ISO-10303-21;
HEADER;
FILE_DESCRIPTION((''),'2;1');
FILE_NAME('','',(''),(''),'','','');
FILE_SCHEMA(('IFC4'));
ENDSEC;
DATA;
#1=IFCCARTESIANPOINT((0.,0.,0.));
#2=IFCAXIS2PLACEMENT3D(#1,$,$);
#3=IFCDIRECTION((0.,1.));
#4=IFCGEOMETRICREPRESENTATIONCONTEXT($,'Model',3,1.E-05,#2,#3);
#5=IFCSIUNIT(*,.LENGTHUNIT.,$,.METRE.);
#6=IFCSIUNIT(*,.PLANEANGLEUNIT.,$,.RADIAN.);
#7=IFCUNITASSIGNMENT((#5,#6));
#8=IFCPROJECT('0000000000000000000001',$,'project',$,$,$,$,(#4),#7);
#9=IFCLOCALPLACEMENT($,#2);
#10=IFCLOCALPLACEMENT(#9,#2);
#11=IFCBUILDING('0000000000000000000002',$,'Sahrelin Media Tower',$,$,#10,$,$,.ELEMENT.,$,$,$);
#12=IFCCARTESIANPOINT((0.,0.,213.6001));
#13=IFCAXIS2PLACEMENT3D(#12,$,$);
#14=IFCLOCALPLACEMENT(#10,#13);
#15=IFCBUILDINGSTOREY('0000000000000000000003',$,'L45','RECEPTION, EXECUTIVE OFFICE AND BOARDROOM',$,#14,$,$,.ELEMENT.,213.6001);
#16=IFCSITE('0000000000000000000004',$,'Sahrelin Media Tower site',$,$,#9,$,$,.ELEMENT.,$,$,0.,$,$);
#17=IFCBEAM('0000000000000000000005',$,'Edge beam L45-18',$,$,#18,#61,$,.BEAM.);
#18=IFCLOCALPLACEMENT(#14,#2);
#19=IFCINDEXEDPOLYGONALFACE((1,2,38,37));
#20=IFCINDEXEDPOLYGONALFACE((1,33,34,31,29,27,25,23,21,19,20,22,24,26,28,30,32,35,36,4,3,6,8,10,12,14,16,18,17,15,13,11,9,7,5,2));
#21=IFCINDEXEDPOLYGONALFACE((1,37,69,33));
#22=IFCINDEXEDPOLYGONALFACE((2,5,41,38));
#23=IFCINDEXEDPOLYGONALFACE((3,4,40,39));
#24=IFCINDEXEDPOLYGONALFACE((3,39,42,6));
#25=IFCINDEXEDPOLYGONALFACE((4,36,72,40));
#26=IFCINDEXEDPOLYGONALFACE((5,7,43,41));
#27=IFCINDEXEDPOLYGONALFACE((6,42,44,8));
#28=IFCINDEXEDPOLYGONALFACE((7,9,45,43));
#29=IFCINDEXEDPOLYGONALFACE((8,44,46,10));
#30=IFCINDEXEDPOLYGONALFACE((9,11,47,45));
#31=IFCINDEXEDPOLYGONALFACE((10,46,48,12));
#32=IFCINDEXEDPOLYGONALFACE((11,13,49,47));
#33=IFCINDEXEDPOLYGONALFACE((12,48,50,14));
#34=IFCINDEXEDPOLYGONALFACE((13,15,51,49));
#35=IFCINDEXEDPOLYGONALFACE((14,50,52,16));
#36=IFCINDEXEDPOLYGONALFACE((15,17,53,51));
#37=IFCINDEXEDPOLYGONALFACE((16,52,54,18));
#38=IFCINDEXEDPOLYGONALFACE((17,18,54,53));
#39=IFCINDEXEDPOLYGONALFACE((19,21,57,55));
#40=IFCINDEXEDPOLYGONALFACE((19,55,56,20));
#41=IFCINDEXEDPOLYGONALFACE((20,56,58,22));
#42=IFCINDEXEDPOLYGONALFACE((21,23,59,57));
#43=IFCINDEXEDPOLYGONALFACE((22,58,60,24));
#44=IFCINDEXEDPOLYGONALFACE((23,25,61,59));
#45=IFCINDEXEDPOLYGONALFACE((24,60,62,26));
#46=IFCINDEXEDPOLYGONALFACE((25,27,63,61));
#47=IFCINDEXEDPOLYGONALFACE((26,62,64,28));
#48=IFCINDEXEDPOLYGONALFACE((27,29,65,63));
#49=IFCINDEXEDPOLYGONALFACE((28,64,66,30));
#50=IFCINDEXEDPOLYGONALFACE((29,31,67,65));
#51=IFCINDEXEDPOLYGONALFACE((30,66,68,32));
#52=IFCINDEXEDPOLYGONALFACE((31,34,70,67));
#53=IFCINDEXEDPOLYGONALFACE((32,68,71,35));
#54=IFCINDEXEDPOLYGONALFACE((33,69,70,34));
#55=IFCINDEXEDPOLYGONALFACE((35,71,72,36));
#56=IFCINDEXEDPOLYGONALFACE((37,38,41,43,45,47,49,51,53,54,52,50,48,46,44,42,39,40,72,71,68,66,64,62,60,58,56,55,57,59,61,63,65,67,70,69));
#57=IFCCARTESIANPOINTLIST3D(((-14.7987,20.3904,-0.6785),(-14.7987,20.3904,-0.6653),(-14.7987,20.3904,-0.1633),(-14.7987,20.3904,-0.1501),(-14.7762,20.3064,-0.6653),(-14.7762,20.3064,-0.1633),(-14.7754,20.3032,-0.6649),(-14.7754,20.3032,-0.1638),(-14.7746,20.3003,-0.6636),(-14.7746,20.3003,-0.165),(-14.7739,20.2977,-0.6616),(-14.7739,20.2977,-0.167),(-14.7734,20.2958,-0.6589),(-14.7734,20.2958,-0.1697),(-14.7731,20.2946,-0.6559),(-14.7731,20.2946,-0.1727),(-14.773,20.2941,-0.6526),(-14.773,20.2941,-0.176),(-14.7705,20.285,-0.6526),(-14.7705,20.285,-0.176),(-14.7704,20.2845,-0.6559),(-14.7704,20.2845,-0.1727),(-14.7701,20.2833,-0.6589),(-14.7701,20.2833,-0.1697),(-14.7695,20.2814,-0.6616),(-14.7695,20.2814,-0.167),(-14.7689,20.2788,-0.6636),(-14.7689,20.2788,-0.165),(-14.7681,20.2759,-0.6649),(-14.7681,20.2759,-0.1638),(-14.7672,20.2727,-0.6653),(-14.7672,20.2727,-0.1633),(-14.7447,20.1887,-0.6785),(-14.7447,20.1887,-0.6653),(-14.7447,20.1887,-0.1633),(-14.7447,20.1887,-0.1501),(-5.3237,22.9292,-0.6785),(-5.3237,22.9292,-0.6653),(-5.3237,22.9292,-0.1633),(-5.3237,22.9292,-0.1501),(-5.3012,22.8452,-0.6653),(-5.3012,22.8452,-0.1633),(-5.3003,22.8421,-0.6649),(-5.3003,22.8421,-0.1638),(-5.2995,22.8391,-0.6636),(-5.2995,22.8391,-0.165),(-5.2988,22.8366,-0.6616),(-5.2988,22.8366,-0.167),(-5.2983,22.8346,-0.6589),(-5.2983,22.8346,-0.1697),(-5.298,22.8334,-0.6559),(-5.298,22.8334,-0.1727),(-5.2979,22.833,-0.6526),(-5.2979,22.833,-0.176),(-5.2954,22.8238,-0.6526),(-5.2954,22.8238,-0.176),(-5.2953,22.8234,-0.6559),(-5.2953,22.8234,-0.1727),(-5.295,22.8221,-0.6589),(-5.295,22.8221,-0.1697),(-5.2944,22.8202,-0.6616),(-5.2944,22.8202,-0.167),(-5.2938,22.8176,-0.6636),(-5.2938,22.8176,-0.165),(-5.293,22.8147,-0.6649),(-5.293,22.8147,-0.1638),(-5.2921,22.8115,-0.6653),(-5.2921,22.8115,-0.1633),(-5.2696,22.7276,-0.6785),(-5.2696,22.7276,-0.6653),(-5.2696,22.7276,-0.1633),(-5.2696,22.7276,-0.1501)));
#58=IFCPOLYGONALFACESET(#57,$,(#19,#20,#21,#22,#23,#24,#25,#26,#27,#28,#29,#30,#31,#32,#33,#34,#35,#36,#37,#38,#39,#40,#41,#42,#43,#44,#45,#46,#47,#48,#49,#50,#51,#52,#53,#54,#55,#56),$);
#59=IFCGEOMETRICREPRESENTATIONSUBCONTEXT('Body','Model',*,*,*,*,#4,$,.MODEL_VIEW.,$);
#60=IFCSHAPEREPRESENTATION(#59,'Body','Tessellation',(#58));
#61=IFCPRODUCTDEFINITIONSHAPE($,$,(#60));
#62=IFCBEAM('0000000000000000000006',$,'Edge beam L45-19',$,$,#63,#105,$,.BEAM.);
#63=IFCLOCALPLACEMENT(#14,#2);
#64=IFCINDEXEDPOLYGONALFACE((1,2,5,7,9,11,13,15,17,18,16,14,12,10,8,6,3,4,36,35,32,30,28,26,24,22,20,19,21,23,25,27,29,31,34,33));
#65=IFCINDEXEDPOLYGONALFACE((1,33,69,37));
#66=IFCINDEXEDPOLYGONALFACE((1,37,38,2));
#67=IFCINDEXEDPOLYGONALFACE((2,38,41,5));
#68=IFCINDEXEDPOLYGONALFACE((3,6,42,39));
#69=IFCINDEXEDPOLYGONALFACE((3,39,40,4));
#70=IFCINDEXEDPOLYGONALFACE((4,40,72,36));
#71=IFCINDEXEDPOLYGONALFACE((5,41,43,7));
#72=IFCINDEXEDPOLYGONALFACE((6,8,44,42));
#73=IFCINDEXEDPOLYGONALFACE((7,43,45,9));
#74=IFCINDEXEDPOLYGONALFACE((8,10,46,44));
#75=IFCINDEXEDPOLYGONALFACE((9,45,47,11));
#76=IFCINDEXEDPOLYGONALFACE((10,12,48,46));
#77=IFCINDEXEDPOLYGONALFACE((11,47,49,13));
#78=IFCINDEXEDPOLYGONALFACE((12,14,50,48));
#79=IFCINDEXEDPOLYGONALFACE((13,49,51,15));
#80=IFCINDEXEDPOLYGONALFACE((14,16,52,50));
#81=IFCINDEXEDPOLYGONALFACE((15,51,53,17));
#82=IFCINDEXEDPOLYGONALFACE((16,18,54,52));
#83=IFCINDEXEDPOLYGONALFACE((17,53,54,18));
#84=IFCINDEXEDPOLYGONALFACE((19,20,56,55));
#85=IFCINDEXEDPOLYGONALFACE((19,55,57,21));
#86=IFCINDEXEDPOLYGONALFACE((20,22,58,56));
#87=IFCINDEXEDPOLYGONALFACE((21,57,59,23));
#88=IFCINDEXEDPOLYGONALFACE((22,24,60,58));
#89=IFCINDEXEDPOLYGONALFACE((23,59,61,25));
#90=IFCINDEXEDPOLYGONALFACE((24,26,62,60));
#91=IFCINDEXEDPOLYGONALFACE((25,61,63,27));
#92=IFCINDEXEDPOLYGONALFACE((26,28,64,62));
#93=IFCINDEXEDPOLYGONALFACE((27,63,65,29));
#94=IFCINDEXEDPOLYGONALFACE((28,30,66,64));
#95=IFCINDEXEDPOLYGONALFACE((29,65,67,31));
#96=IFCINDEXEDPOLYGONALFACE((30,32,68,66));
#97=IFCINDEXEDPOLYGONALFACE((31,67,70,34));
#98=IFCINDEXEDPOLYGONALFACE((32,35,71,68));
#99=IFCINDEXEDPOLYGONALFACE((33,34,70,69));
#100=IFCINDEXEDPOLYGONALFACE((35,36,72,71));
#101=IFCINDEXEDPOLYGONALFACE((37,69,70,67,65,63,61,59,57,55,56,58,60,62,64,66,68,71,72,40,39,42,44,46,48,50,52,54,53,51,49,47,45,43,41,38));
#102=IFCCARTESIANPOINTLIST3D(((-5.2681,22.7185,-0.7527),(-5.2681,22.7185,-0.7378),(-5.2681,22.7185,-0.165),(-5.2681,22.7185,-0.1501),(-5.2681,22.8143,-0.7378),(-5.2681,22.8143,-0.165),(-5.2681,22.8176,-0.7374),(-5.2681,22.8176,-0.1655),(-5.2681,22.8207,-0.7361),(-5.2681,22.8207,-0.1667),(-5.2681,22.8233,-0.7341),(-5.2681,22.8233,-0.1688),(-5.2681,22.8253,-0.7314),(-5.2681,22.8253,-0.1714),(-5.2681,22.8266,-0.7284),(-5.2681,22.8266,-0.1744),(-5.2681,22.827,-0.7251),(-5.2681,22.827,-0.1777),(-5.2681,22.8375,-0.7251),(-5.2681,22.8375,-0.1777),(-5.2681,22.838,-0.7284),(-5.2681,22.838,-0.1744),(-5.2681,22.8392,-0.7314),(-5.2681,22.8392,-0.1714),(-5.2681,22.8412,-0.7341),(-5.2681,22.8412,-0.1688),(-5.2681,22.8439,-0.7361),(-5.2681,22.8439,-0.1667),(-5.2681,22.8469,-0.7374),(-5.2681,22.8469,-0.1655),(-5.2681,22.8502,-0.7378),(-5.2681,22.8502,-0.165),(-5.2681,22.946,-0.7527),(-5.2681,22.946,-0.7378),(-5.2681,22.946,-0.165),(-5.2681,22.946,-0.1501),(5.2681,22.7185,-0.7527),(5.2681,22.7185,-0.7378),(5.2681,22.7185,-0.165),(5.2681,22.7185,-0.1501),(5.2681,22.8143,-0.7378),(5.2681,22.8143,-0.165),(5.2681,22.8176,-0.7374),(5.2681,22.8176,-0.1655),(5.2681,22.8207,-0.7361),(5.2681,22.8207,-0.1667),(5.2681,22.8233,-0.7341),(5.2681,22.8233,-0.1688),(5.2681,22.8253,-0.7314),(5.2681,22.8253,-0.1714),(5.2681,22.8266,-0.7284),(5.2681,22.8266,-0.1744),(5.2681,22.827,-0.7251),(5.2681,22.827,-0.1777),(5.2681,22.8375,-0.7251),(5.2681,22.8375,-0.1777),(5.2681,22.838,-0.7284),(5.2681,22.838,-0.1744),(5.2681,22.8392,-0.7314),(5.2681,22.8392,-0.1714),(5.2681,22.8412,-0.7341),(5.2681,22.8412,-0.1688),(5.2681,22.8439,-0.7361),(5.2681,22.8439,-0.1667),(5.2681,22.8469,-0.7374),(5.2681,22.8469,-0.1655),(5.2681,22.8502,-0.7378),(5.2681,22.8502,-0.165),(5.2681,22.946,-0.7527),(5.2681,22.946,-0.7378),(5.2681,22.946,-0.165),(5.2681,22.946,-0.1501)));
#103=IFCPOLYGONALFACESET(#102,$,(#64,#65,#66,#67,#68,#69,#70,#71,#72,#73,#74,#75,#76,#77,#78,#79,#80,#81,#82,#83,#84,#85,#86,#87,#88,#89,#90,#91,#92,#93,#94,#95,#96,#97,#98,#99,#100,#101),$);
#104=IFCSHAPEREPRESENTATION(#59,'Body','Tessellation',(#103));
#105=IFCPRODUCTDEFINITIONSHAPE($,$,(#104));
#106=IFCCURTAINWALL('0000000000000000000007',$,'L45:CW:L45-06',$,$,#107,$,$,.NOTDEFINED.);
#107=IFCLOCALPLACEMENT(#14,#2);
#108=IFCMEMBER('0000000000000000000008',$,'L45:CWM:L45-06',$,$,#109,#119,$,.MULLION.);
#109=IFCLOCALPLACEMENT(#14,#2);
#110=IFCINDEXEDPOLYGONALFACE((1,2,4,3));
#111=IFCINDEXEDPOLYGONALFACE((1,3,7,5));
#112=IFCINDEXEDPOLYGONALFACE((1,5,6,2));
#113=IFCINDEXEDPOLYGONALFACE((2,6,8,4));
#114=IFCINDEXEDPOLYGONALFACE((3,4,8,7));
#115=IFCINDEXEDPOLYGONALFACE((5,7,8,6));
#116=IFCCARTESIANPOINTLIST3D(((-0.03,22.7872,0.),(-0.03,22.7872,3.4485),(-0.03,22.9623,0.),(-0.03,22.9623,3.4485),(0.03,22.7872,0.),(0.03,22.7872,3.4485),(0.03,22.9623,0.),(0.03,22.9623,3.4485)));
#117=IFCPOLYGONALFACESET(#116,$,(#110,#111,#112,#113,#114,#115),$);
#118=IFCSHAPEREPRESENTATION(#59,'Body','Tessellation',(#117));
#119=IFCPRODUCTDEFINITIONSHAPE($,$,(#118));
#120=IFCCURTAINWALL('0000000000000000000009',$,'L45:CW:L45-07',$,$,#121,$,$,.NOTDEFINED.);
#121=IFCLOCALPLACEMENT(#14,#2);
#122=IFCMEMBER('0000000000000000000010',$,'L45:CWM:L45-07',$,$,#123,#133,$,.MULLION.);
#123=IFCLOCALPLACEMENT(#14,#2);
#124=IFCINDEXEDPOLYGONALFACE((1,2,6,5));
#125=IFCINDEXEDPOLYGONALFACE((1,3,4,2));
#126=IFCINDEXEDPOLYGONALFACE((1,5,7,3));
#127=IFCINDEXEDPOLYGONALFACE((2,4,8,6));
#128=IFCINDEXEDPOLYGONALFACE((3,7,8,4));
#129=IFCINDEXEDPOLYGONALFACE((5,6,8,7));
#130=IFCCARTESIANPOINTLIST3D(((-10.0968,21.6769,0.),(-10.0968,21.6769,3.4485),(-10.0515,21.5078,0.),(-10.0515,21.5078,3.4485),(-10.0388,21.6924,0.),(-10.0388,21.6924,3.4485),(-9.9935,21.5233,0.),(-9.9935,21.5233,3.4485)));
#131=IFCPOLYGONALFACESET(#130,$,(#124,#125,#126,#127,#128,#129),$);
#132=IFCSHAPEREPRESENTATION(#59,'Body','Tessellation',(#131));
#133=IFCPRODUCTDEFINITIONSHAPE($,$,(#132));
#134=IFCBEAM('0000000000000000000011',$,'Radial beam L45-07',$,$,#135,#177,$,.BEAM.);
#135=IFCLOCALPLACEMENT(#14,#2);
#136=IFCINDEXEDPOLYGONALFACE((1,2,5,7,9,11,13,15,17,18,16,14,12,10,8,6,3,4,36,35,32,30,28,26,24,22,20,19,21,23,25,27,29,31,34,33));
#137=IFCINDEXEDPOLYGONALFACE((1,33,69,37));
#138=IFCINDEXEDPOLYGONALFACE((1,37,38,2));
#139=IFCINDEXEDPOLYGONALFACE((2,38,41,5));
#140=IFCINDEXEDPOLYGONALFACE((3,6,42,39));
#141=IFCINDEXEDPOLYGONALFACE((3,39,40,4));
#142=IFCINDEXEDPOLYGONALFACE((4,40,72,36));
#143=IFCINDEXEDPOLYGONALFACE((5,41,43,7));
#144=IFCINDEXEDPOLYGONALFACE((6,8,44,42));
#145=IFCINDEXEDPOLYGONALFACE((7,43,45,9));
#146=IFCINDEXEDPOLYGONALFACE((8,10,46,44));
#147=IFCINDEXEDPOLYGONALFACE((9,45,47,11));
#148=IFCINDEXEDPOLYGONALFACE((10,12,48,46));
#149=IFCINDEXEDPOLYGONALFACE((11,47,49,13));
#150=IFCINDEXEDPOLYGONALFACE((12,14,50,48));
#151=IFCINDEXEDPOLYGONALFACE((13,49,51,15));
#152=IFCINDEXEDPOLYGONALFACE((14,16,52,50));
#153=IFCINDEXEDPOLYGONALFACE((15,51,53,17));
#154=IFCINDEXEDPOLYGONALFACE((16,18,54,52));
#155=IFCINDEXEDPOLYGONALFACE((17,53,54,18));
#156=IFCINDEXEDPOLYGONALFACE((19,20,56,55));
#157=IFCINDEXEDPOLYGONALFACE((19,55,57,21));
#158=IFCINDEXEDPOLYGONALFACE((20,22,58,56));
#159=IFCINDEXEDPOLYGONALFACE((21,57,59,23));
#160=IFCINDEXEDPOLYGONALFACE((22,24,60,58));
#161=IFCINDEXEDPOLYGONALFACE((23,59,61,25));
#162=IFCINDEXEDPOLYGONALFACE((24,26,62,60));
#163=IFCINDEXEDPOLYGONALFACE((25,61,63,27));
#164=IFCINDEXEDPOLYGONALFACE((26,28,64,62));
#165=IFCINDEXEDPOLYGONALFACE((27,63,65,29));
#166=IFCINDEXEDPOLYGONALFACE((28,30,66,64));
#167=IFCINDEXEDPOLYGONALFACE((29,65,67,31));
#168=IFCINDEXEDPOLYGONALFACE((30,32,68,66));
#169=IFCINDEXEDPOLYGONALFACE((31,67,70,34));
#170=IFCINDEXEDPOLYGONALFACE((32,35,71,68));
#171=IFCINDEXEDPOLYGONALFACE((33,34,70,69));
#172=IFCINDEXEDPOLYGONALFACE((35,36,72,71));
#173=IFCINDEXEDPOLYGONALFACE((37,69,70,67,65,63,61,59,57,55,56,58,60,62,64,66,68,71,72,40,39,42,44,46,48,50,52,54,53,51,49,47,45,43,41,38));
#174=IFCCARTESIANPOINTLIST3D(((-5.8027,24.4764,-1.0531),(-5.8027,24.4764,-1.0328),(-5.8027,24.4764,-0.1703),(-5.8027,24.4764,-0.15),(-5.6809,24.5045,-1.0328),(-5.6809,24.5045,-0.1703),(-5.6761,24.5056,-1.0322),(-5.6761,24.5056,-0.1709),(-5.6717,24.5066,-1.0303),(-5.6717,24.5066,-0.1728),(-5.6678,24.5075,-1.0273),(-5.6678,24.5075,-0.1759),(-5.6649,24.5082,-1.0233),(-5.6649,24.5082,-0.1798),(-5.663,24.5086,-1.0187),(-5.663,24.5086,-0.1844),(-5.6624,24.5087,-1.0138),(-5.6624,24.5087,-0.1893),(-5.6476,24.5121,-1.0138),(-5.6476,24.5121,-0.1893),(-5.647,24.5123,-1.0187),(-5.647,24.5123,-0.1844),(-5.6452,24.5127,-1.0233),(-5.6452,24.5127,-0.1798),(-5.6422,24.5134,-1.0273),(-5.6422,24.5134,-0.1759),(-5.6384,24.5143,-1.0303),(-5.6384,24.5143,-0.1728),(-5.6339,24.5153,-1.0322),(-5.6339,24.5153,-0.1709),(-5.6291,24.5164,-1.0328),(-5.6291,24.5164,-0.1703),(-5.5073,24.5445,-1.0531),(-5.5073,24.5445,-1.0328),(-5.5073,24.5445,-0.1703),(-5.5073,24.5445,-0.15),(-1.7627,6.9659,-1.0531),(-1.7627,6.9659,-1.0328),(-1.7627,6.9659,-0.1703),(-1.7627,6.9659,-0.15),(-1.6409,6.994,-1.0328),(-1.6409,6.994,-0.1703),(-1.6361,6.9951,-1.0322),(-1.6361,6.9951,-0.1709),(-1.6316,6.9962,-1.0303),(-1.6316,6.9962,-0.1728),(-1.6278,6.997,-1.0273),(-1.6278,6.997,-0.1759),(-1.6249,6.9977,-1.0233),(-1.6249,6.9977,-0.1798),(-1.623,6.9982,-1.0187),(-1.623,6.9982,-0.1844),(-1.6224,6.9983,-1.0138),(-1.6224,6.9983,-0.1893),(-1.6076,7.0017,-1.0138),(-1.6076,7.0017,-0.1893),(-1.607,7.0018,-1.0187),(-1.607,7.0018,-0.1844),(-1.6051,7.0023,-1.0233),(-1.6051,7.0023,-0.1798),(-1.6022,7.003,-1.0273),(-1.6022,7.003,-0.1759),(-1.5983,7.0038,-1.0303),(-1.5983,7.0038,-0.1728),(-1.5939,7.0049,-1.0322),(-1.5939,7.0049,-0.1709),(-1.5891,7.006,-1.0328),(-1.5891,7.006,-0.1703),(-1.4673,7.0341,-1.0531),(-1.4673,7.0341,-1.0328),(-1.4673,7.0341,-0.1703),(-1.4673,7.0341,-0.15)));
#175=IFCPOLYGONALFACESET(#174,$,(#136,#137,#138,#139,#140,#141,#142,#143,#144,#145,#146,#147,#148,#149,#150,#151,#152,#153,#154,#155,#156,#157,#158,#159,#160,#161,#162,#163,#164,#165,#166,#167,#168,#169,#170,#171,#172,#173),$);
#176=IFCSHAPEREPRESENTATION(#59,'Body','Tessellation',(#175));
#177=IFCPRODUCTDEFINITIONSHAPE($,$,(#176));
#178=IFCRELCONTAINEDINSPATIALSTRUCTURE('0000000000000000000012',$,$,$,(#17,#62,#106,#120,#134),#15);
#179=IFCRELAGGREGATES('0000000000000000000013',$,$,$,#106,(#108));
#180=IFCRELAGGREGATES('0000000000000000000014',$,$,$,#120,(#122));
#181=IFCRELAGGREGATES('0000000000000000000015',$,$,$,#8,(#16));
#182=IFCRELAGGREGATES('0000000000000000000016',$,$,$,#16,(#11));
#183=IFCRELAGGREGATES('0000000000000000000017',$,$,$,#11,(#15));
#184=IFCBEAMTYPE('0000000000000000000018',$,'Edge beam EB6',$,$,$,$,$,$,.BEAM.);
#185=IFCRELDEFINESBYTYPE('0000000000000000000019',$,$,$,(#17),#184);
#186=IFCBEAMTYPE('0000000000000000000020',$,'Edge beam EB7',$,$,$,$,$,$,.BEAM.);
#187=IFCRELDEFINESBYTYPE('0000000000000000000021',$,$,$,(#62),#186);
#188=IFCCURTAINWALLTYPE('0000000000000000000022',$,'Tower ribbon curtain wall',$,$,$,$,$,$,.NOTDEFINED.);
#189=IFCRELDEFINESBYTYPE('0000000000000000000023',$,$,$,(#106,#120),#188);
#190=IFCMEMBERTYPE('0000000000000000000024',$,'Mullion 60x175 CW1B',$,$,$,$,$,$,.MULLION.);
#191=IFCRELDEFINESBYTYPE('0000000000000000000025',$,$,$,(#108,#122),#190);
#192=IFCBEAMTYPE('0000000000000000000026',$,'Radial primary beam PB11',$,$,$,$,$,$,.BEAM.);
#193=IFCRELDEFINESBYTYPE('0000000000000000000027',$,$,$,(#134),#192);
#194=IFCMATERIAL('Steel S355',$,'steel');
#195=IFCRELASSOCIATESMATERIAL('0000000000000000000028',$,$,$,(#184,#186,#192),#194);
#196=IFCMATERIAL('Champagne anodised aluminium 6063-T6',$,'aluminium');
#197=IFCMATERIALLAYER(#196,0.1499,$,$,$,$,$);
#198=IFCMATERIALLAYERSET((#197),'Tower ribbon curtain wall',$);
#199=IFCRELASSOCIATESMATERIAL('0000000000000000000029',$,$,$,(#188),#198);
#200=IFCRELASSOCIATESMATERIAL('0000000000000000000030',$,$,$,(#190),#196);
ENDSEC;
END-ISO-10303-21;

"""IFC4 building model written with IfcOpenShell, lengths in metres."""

from ifc_helpers import new_model, si_unit, direction, frame, origin, origin_2d, place, context, subcontext, project, spatial, rectangle, i_section, extrude, material, layer, layer_set, material_profile, profile_set, type_object, element, aggregate, save


model = new_model("IFC4")

# Units and contexts
model_context = context("Model", 3, precision=1e-05, world=origin(), true_north=direction((0.0, 1.0)))
body_context = subcontext(model_context, "Body", "Model", "MODEL_VIEW")
ifc_project = project(units=[si_unit("LENGTHUNIT", "METRE"), si_unit("PLANEANGLEUNIT", "RADIAN")], contexts=[model_context])

# Site, building, storey
site_placement = place(None, origin())
site = spatial("IfcSite", under=ifc_project, at=site_placement, Name="Sahrelin Media Tower site", CompositionType="ELEMENT", RefElevation=0.0)
building_placement = place(site_placement, origin())
building = spatial("IfcBuilding", under=site, at=building_placement, Name="Sahrelin Media Tower", CompositionType="ELEMENT")
storey_placement = place(building_placement, frame((0.0, 0.0, 213.6001)))
storey = spatial("IfcBuildingStorey", under=building, at=storey_placement, Name="L45", Description="RECEPTION, EXECUTIVE OFFICE AND BOARDROOM", CompositionType="ELEMENT", Elevation=213.6001)

# Beams
ifc_material_1 = material(Name="Steel S355", Category="steel")
ifc_material_profile_1 = material_profile(ifc_material_1, i_section(OverallWidth=0.2087, OverallDepth=0.5283, WebThickness=0.0095, FlangeThickness=0.0132, FilletRadius=0.0127, at=origin_2d()), Name="UB 533x210x82")
ifc_profile_set_1 = profile_set([ifc_material_profile_1], Name="Steel S355")
beam_type_1 = type_object("IfcBeamType", Name="Edge beam EB6", PredefinedType="BEAM", material=ifc_profile_set_1)
beam_1_placement = place(storey_placement, frame((-14.7717, 20.2896, -0.4143), z_axis=(0.965926, 0.258817, 0.0), x_axis=(-0.258817, 0.965926, 0.0)))
element("IfcBeam", 1, at=beam_1_placement, inside=storey, type_object=beam_type_1, Name="Edge beam L45-18", PredefinedType="BEAM", context=body_context, shape_type="SweptSolid", body=[
    extrude(i_section(OverallWidth=0.2087, OverallDepth=0.5283, WebThickness=0.0095, FlangeThickness=0.0132, FilletRadius=0.0127, at=origin_2d()), origin(), (0.0, 0.0, 1.0), 9.8093),
])
ifc_material_profile_2 = material_profile(ifc_material_1, i_section(OverallWidth=0.2275, OverallDepth=0.6025, WebThickness=0.0105, FlangeThickness=0.0149, FilletRadius=0.0127, at=origin_2d()), Name="UB 610x229x101")
ifc_profile_set_2 = profile_set([ifc_material_profile_2], Name="Steel S355")
beam_type_2 = type_object("IfcBeamType", Name="Edge beam EB7", PredefinedType="BEAM", material=ifc_profile_set_2)
beam_2_placement = place(storey_placement, frame((-5.2681, 22.8323, -0.4514), z_axis=(1.0, 0.0, 0.0), x_axis=(0.0, 1.0, 0.0)))
element("IfcBeam", 2, at=beam_2_placement, inside=storey, type_object=beam_type_2, Name="Edge beam L45-19", PredefinedType="BEAM", context=body_context, shape_type="SweptSolid", body=[
    extrude(i_section(OverallWidth=0.2275, OverallDepth=0.6025, WebThickness=0.0105, FlangeThickness=0.0149, FilletRadius=0.0127, at=origin_2d()), origin(), (0.0, 0.0, 1.0), 10.5361),
])

# Curtain walls, members
ifc_material_2 = material(Name="Champagne anodised aluminium 6063-T6", Category="aluminium")
ifc_layer_1 = layer(ifc_material_2, 0.1499)
ifc_layer_set_1 = layer_set([ifc_layer_1], Name="Tower ribbon curtain wall")
curtain_wall_type = type_object("IfcCurtainWallType", Name="Tower ribbon curtain wall", PredefinedType="NOTDEFINED", material=ifc_layer_set_1)
curtain_wall_1_placement = place(storey_placement, frame((0.0, 22.9822, 0.0), z_axis=(0.0, 0.0, 1.0), x_axis=(1.0, 0.0, 0.0)))
curtain_wall_1 = element("IfcCurtainWall", 3, at=curtain_wall_1_placement, inside=storey, type_object=curtain_wall_type, Name="L45:CW:L45-06", PredefinedType="NOTDEFINED")
ifc_material_profile_3 = material_profile(ifc_material_2, rectangle(XDim=0.0601, YDim=0.175, at=origin_2d()), Name="Mullion 60x175")
ifc_profile_set_3 = profile_set([ifc_material_profile_3], Name="Champagne anodised aluminium 6063-T6")
member_type_1 = type_object("IfcMemberType", Name="Mullion 60x175 CW1B", PredefinedType="MULLION", material=ifc_profile_set_3)
member_1_placement = place(storey_placement, frame((0.0, 22.8748, 0.0), z_axis=(0.0, 0.0, 1.0), x_axis=(-1.0, 0.0, 0.0)))
member_1 = element("IfcMember", 4, at=member_1_placement, type_object=member_type_1, Name="L45:CWM:L45-06", PredefinedType="MULLION", context=body_context, shape_type="SweptSolid", body=[
    extrude(rectangle(XDim=0.0601, YDim=0.175, at=origin_2d()), origin(), (0.0, 0.0, 1.0), 3.4485),
])
aggregate(curtain_wall_1, [member_1])
curtain_wall_2_placement = place(storey_placement, frame((-10.073, 21.7039, 0.0), z_axis=(0.0, 0.0, 1.0), x_axis=(1.0, 0.0, 0.0)))
curtain_wall_2 = element("IfcCurtainWall", 5, at=curtain_wall_2_placement, inside=storey, type_object=curtain_wall_type, Name="L45:CW:L45-07", PredefinedType="NOTDEFINED")
member_2_placement = place(storey_placement, frame((-10.0452, 21.6001, 0.0), z_axis=(0.0, 0.0, 1.0), x_axis=(-0.965925, -0.258821, 0.0)))
member_2 = element("IfcMember", 6, at=member_2_placement, type_object=member_type_1, Name="L45:CWM:L45-07", PredefinedType="MULLION", context=body_context, shape_type="SweptSolid", body=[
    extrude(rectangle(XDim=0.0601, YDim=0.175, at=origin_2d()), origin(), (0.0, 0.0, 1.0), 3.4485),
])

# Beam
ifc_material_profile_4 = material_profile(ifc_material_1, i_section(OverallWidth=0.3032, OverallDepth=0.9031, WebThickness=0.0151, FlangeThickness=0.0203, FilletRadius=0.019, at=origin_2d()), Name="UB 914x305x201")
ifc_profile_set_4 = profile_set([ifc_material_profile_4], Name="Steel S355")
beam_type_3 = type_object("IfcBeamType", Name="Radial primary beam PB11", PredefinedType="BEAM", material=ifc_profile_set_4)
beam_3_placement = place(storey_placement, frame((-1.615, 7.0, -0.6016), z_axis=(-0.224815, 0.974401, 0.0), x_axis=(-0.974401, -0.224815, 0.0)))
element("IfcBeam", 7, at=beam_3_placement, inside=storey, type_object=beam_type_3, Name="Radial beam L45-07", PredefinedType="BEAM", context=body_context, shape_type="SweptSolid", body=[
    extrude(i_section(OverallWidth=0.3032, OverallDepth=0.9031, WebThickness=0.0151, FlangeThickness=0.0203, FilletRadius=0.019, at=origin_2d()), origin(), (0.0, 0.0, 1.0), 17.9705),
])

aggregate(curtain_wall_2, [member_2])

save(model, "model.ifc")
